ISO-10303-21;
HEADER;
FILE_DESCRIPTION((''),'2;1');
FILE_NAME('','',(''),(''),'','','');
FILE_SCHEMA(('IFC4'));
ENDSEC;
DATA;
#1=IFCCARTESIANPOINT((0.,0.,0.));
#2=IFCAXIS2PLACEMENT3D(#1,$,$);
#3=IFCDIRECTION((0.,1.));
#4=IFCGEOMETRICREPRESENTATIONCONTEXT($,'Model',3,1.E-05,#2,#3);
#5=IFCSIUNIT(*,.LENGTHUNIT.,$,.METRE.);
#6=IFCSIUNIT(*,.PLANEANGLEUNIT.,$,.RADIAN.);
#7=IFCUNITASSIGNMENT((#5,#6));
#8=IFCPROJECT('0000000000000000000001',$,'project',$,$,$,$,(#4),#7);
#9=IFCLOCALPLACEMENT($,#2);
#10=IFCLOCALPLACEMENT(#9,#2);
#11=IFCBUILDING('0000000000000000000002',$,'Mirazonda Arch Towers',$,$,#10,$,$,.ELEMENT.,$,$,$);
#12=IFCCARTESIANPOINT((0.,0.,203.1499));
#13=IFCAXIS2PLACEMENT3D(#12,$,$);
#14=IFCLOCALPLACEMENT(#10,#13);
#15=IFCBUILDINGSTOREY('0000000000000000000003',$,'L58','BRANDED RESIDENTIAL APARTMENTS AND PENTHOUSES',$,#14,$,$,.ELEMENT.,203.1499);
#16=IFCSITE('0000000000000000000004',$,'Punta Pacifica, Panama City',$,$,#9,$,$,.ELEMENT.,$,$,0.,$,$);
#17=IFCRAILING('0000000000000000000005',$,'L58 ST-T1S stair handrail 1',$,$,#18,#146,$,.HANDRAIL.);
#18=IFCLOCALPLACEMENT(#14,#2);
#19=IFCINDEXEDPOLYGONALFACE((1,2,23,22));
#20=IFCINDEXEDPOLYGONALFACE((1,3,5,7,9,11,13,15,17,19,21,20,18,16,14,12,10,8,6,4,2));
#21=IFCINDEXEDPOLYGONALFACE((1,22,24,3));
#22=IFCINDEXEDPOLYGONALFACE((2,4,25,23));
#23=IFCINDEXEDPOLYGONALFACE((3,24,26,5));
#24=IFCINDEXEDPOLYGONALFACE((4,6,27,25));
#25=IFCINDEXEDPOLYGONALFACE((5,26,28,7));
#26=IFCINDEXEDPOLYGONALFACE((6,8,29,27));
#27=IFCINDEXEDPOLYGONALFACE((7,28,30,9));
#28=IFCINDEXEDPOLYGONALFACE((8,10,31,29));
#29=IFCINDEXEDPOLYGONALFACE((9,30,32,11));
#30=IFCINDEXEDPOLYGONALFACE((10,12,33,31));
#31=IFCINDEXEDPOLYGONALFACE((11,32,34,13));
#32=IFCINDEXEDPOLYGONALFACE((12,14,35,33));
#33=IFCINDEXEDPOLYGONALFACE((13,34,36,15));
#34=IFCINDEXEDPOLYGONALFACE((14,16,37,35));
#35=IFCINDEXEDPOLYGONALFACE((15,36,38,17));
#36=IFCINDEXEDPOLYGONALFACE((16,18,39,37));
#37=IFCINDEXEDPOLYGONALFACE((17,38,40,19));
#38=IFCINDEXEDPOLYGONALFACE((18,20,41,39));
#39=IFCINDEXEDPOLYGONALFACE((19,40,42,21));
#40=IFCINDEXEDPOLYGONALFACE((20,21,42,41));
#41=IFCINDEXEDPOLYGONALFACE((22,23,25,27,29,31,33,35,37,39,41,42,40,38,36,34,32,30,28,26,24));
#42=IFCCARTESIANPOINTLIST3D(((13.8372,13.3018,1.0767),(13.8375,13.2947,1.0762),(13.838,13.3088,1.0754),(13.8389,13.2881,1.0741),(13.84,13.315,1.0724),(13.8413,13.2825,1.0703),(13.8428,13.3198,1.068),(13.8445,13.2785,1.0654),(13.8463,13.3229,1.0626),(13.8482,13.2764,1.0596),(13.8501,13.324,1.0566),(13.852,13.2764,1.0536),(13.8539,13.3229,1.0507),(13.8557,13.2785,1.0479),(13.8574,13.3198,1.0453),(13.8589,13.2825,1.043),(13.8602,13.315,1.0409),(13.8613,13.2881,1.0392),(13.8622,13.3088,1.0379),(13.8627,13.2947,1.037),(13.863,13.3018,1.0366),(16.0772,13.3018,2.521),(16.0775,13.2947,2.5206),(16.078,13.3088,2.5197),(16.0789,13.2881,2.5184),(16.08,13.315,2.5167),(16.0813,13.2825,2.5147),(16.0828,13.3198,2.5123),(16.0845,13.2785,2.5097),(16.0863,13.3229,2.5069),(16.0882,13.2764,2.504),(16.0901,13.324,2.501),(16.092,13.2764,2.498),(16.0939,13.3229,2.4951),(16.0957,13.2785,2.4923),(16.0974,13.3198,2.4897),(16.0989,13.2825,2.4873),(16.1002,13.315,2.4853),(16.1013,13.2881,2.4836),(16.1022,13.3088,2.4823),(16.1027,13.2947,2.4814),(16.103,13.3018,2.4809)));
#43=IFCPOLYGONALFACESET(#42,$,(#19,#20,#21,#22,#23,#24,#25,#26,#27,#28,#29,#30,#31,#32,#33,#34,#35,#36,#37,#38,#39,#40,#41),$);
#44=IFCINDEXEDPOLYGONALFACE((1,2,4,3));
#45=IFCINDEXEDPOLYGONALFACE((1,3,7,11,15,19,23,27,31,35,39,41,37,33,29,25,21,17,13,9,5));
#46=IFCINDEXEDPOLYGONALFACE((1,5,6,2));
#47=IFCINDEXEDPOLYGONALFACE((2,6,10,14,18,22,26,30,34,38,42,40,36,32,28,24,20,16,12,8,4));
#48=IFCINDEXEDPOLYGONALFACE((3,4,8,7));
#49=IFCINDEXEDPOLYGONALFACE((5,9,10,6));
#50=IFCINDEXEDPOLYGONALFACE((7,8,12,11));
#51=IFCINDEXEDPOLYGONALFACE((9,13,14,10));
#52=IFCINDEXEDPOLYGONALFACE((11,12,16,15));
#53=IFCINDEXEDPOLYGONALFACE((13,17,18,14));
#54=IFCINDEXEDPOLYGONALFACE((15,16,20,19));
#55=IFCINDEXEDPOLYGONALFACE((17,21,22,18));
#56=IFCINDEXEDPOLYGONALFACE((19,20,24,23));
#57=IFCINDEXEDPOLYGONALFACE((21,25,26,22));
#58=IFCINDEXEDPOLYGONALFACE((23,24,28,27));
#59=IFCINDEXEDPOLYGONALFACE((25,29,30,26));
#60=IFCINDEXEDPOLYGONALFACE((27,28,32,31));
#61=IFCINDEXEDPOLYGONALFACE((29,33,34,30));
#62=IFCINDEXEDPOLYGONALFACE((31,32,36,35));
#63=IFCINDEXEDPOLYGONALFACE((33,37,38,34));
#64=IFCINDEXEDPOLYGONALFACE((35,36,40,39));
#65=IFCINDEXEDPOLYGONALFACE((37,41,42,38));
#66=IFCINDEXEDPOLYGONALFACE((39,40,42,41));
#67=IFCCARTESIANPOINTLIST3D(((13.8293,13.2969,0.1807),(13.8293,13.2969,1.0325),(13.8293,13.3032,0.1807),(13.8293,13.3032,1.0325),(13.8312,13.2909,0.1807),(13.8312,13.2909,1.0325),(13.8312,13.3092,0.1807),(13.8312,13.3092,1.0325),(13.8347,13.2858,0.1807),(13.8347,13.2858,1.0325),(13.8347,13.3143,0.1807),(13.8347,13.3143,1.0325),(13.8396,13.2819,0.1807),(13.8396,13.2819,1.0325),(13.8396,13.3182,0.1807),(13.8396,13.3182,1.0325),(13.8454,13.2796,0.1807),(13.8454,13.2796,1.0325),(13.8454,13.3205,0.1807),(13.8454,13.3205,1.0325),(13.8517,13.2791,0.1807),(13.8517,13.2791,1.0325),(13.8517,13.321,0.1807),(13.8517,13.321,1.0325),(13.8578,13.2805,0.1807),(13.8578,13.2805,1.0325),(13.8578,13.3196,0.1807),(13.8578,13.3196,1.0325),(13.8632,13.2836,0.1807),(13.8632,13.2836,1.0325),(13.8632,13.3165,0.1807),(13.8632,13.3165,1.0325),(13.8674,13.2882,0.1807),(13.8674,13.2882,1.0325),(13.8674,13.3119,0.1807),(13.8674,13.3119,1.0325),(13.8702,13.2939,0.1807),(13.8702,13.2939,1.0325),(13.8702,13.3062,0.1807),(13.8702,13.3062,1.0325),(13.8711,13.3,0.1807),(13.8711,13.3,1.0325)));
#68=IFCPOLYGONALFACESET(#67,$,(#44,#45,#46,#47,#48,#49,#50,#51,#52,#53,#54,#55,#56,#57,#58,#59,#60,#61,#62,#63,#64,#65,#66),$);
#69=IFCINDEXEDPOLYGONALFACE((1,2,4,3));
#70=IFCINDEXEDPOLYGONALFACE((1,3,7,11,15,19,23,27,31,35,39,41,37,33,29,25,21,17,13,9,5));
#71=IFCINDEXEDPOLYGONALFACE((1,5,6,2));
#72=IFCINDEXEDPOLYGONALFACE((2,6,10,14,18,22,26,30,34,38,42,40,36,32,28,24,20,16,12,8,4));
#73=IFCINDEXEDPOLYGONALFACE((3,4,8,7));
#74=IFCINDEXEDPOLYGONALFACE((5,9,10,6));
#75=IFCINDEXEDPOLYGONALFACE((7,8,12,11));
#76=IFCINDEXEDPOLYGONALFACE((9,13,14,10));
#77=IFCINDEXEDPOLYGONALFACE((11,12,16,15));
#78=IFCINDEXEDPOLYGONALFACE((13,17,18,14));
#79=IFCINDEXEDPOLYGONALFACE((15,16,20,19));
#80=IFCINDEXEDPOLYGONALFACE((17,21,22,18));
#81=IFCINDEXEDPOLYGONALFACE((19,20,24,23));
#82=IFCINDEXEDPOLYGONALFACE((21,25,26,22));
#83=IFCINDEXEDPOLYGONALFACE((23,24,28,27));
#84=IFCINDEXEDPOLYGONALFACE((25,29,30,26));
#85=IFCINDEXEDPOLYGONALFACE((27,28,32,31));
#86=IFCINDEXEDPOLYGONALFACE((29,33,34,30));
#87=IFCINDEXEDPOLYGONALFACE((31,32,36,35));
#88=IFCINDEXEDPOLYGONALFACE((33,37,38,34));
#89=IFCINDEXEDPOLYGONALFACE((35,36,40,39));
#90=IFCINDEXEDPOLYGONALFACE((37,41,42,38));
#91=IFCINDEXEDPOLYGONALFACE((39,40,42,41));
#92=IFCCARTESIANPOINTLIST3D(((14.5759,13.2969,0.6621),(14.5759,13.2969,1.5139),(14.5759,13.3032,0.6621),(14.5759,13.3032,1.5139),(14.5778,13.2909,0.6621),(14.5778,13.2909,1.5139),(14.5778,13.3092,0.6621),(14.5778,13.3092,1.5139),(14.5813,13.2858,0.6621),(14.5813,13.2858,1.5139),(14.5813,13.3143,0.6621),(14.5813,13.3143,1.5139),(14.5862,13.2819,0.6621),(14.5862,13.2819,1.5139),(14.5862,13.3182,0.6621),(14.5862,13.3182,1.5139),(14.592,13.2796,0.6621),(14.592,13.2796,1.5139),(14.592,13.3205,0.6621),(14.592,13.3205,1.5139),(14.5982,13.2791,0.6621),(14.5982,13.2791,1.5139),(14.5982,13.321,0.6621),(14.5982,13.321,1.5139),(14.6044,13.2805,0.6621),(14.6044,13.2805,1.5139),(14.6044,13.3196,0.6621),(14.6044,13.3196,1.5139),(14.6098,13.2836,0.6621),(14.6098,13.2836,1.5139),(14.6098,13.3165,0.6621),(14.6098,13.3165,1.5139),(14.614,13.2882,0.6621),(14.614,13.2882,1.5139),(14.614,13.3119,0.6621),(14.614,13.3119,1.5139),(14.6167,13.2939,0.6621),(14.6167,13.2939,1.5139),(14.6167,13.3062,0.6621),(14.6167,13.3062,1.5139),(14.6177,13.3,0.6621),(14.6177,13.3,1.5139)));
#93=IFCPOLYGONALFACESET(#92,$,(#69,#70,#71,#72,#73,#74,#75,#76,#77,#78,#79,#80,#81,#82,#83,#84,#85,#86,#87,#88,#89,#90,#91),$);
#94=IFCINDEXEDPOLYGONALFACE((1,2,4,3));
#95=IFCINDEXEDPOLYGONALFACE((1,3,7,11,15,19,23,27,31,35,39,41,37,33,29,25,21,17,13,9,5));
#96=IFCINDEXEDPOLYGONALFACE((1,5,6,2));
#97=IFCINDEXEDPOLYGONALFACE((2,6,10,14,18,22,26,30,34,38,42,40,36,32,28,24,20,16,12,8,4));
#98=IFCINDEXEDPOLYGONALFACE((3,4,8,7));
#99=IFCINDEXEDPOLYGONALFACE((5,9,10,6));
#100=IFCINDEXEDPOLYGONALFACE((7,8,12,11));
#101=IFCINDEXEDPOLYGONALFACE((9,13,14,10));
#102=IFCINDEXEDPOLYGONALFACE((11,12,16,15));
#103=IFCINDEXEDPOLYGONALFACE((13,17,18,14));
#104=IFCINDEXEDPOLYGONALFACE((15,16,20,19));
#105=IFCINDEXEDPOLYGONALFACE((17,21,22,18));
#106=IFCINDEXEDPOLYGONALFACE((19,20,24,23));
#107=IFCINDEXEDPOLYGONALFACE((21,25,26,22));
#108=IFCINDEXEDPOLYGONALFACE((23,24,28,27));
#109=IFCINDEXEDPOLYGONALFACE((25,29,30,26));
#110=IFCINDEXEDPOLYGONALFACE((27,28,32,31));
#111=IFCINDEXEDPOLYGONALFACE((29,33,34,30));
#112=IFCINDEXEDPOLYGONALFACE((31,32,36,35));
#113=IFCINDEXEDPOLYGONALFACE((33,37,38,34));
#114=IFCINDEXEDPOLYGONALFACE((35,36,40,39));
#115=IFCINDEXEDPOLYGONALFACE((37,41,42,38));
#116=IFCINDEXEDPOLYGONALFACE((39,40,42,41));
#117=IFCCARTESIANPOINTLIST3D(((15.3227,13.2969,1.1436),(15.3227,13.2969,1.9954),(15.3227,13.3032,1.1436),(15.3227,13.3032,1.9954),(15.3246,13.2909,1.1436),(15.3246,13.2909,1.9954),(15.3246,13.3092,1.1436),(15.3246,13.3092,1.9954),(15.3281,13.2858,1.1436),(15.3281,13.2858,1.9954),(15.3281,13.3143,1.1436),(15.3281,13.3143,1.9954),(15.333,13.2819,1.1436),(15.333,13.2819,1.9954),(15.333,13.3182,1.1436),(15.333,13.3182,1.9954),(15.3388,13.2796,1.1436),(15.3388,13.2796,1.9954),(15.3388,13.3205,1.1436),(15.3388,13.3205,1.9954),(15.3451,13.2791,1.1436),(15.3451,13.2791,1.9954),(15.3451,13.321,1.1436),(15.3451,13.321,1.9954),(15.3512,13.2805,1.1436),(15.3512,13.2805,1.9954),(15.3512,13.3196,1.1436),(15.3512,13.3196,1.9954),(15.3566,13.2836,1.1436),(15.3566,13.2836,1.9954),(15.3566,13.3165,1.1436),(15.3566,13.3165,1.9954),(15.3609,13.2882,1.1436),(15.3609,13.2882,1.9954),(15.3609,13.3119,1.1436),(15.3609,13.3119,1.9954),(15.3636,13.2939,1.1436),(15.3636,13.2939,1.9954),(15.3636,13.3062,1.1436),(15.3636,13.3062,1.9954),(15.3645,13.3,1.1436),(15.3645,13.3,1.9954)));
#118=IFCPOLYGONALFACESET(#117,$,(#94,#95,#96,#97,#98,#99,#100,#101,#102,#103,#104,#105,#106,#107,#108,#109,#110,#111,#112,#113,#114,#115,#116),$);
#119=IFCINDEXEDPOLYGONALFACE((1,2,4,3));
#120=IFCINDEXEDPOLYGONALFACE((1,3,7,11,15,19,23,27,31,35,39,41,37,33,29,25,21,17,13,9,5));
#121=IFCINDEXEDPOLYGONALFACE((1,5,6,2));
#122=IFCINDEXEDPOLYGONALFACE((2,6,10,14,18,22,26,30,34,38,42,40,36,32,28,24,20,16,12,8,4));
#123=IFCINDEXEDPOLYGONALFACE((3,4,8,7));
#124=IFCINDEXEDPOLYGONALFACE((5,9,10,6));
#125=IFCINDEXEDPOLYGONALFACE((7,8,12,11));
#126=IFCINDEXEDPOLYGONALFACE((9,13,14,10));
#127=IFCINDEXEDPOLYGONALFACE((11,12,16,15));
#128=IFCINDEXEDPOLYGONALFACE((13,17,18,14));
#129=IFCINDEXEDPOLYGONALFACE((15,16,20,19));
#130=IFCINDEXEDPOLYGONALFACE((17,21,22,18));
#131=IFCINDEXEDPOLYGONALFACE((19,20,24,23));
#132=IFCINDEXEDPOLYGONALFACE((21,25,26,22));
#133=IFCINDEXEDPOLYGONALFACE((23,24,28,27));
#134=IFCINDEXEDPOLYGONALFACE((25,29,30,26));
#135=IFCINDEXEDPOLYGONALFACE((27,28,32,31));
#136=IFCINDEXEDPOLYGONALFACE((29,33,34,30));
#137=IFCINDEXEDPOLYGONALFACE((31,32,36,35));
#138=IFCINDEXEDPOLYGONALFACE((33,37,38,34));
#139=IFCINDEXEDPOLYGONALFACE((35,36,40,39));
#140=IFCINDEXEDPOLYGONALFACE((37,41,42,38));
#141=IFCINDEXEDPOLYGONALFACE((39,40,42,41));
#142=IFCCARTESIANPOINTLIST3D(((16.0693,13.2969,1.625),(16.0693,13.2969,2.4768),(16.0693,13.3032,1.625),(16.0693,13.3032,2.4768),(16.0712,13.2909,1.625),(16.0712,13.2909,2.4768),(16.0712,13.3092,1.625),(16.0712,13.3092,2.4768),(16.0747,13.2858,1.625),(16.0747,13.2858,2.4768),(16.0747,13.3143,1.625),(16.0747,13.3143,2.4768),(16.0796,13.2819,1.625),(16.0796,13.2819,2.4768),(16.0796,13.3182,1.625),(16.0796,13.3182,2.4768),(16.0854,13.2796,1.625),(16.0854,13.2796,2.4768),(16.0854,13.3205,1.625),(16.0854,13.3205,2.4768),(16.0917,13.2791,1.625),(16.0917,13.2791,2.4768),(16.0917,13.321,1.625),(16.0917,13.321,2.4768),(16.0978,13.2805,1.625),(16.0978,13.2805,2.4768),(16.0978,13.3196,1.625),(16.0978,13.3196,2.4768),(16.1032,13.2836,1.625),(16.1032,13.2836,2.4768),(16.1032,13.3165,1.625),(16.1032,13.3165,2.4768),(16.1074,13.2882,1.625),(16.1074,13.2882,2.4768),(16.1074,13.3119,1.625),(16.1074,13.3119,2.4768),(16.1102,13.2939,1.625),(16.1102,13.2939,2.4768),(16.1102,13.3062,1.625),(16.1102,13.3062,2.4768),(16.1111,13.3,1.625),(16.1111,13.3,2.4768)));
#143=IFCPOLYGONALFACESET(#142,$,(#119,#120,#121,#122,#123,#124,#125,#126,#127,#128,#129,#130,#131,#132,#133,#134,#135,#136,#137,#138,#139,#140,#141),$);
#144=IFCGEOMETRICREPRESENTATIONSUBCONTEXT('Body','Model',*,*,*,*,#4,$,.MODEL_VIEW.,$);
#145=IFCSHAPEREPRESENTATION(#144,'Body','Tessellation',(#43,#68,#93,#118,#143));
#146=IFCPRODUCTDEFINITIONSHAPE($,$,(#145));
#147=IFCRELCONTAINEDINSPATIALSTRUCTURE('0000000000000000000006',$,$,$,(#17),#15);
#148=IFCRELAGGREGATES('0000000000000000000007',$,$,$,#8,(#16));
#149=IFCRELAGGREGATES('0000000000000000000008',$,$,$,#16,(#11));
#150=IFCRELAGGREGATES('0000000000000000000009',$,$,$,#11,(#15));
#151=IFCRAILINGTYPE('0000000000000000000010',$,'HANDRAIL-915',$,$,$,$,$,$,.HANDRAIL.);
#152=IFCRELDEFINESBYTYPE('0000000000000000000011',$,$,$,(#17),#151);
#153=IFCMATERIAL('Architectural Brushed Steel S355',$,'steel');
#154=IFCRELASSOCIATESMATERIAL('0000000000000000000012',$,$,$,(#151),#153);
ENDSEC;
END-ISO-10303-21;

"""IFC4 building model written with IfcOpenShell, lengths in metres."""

from ifc_helpers import new_model, si_unit, direction, frame, origin, origin_2d, place, context, subcontext, project, spatial, circle, extrude, material, type_object, element, save


model = new_model("IFC4")

# Units and contexts
model_context = context("Model", 3, precision=1e-05, world=origin(), true_north=direction((0.0, 1.0)))
body_context = subcontext(model_context, "Body", "Model", "MODEL_VIEW")
ifc_project = project(units=[si_unit("LENGTHUNIT", "METRE"), si_unit("PLANEANGLEUNIT", "RADIAN")], contexts=[model_context])

# Site, building, storey
site_placement = place(None, origin())
site = spatial("IfcSite", under=ifc_project, at=site_placement, Name="Punta Pacifica, Panama City", CompositionType="ELEMENT", RefElevation=0.0)
building_placement = place(site_placement, origin())
building = spatial("IfcBuilding", under=site, at=building_placement, Name="Mirazonda Arch Towers", CompositionType="ELEMENT")
storey_placement = place(building_placement, frame((0.0, 0.0, 203.1499)))
storey = spatial("IfcBuildingStorey", under=building, at=storey_placement, Name="L58", Description="BRANDED RESIDENTIAL APARTMENTS AND PENTHOUSES", CompositionType="ELEMENT", Elevation=203.1499)

# Shared definitions
ifc_material_1 = material(Name="Architectural Brushed Steel S355", Category="steel")

# Railing
railing_type_1 = type_object("IfcRailingType", Name="HANDRAIL-915", PredefinedType="HANDRAIL", material=ifc_material_1)
railing_1_placement = place(storey_placement, frame((13.8501, 13.3, 0.1807)))
element("IfcRailing", 1, at=railing_1_placement, inside=storey, type_object=railing_type_1, Name="L58 ST-T1S stair handrail 1", PredefinedType="HANDRAIL", context=body_context, shape_type="SweptSolid", body=[
    extrude(circle(Radius=0.0239, at=origin_2d()), frame((0.0, 0.0, 0.876), z_axis=(0.840437, 0.0, 0.54191), x_axis=(0.0, 1.0, 0.0)), (0.0, 0.0, 1.0), 2.6653),
    extrude(circle(Radius=0.021, at=origin_2d()), origin(), (0.0, 0.0, 1.0), 0.8518),
    extrude(circle(Radius=0.021, at=origin_2d()), frame((0.7466, 0.0, 0.4814)), (0.0, 0.0, 1.0), 0.8518),
    extrude(circle(Radius=0.021, at=origin_2d()), frame((1.4934, 0.0, 0.9629)), (0.0, 0.0, 1.0), 0.8518),
    extrude(circle(Radius=0.021, at=origin_2d()), frame((2.24, 0.0, 1.4443)), (0.0, 0.0, 1.0), 0.8518),
])

save(model, "model.ifc")
